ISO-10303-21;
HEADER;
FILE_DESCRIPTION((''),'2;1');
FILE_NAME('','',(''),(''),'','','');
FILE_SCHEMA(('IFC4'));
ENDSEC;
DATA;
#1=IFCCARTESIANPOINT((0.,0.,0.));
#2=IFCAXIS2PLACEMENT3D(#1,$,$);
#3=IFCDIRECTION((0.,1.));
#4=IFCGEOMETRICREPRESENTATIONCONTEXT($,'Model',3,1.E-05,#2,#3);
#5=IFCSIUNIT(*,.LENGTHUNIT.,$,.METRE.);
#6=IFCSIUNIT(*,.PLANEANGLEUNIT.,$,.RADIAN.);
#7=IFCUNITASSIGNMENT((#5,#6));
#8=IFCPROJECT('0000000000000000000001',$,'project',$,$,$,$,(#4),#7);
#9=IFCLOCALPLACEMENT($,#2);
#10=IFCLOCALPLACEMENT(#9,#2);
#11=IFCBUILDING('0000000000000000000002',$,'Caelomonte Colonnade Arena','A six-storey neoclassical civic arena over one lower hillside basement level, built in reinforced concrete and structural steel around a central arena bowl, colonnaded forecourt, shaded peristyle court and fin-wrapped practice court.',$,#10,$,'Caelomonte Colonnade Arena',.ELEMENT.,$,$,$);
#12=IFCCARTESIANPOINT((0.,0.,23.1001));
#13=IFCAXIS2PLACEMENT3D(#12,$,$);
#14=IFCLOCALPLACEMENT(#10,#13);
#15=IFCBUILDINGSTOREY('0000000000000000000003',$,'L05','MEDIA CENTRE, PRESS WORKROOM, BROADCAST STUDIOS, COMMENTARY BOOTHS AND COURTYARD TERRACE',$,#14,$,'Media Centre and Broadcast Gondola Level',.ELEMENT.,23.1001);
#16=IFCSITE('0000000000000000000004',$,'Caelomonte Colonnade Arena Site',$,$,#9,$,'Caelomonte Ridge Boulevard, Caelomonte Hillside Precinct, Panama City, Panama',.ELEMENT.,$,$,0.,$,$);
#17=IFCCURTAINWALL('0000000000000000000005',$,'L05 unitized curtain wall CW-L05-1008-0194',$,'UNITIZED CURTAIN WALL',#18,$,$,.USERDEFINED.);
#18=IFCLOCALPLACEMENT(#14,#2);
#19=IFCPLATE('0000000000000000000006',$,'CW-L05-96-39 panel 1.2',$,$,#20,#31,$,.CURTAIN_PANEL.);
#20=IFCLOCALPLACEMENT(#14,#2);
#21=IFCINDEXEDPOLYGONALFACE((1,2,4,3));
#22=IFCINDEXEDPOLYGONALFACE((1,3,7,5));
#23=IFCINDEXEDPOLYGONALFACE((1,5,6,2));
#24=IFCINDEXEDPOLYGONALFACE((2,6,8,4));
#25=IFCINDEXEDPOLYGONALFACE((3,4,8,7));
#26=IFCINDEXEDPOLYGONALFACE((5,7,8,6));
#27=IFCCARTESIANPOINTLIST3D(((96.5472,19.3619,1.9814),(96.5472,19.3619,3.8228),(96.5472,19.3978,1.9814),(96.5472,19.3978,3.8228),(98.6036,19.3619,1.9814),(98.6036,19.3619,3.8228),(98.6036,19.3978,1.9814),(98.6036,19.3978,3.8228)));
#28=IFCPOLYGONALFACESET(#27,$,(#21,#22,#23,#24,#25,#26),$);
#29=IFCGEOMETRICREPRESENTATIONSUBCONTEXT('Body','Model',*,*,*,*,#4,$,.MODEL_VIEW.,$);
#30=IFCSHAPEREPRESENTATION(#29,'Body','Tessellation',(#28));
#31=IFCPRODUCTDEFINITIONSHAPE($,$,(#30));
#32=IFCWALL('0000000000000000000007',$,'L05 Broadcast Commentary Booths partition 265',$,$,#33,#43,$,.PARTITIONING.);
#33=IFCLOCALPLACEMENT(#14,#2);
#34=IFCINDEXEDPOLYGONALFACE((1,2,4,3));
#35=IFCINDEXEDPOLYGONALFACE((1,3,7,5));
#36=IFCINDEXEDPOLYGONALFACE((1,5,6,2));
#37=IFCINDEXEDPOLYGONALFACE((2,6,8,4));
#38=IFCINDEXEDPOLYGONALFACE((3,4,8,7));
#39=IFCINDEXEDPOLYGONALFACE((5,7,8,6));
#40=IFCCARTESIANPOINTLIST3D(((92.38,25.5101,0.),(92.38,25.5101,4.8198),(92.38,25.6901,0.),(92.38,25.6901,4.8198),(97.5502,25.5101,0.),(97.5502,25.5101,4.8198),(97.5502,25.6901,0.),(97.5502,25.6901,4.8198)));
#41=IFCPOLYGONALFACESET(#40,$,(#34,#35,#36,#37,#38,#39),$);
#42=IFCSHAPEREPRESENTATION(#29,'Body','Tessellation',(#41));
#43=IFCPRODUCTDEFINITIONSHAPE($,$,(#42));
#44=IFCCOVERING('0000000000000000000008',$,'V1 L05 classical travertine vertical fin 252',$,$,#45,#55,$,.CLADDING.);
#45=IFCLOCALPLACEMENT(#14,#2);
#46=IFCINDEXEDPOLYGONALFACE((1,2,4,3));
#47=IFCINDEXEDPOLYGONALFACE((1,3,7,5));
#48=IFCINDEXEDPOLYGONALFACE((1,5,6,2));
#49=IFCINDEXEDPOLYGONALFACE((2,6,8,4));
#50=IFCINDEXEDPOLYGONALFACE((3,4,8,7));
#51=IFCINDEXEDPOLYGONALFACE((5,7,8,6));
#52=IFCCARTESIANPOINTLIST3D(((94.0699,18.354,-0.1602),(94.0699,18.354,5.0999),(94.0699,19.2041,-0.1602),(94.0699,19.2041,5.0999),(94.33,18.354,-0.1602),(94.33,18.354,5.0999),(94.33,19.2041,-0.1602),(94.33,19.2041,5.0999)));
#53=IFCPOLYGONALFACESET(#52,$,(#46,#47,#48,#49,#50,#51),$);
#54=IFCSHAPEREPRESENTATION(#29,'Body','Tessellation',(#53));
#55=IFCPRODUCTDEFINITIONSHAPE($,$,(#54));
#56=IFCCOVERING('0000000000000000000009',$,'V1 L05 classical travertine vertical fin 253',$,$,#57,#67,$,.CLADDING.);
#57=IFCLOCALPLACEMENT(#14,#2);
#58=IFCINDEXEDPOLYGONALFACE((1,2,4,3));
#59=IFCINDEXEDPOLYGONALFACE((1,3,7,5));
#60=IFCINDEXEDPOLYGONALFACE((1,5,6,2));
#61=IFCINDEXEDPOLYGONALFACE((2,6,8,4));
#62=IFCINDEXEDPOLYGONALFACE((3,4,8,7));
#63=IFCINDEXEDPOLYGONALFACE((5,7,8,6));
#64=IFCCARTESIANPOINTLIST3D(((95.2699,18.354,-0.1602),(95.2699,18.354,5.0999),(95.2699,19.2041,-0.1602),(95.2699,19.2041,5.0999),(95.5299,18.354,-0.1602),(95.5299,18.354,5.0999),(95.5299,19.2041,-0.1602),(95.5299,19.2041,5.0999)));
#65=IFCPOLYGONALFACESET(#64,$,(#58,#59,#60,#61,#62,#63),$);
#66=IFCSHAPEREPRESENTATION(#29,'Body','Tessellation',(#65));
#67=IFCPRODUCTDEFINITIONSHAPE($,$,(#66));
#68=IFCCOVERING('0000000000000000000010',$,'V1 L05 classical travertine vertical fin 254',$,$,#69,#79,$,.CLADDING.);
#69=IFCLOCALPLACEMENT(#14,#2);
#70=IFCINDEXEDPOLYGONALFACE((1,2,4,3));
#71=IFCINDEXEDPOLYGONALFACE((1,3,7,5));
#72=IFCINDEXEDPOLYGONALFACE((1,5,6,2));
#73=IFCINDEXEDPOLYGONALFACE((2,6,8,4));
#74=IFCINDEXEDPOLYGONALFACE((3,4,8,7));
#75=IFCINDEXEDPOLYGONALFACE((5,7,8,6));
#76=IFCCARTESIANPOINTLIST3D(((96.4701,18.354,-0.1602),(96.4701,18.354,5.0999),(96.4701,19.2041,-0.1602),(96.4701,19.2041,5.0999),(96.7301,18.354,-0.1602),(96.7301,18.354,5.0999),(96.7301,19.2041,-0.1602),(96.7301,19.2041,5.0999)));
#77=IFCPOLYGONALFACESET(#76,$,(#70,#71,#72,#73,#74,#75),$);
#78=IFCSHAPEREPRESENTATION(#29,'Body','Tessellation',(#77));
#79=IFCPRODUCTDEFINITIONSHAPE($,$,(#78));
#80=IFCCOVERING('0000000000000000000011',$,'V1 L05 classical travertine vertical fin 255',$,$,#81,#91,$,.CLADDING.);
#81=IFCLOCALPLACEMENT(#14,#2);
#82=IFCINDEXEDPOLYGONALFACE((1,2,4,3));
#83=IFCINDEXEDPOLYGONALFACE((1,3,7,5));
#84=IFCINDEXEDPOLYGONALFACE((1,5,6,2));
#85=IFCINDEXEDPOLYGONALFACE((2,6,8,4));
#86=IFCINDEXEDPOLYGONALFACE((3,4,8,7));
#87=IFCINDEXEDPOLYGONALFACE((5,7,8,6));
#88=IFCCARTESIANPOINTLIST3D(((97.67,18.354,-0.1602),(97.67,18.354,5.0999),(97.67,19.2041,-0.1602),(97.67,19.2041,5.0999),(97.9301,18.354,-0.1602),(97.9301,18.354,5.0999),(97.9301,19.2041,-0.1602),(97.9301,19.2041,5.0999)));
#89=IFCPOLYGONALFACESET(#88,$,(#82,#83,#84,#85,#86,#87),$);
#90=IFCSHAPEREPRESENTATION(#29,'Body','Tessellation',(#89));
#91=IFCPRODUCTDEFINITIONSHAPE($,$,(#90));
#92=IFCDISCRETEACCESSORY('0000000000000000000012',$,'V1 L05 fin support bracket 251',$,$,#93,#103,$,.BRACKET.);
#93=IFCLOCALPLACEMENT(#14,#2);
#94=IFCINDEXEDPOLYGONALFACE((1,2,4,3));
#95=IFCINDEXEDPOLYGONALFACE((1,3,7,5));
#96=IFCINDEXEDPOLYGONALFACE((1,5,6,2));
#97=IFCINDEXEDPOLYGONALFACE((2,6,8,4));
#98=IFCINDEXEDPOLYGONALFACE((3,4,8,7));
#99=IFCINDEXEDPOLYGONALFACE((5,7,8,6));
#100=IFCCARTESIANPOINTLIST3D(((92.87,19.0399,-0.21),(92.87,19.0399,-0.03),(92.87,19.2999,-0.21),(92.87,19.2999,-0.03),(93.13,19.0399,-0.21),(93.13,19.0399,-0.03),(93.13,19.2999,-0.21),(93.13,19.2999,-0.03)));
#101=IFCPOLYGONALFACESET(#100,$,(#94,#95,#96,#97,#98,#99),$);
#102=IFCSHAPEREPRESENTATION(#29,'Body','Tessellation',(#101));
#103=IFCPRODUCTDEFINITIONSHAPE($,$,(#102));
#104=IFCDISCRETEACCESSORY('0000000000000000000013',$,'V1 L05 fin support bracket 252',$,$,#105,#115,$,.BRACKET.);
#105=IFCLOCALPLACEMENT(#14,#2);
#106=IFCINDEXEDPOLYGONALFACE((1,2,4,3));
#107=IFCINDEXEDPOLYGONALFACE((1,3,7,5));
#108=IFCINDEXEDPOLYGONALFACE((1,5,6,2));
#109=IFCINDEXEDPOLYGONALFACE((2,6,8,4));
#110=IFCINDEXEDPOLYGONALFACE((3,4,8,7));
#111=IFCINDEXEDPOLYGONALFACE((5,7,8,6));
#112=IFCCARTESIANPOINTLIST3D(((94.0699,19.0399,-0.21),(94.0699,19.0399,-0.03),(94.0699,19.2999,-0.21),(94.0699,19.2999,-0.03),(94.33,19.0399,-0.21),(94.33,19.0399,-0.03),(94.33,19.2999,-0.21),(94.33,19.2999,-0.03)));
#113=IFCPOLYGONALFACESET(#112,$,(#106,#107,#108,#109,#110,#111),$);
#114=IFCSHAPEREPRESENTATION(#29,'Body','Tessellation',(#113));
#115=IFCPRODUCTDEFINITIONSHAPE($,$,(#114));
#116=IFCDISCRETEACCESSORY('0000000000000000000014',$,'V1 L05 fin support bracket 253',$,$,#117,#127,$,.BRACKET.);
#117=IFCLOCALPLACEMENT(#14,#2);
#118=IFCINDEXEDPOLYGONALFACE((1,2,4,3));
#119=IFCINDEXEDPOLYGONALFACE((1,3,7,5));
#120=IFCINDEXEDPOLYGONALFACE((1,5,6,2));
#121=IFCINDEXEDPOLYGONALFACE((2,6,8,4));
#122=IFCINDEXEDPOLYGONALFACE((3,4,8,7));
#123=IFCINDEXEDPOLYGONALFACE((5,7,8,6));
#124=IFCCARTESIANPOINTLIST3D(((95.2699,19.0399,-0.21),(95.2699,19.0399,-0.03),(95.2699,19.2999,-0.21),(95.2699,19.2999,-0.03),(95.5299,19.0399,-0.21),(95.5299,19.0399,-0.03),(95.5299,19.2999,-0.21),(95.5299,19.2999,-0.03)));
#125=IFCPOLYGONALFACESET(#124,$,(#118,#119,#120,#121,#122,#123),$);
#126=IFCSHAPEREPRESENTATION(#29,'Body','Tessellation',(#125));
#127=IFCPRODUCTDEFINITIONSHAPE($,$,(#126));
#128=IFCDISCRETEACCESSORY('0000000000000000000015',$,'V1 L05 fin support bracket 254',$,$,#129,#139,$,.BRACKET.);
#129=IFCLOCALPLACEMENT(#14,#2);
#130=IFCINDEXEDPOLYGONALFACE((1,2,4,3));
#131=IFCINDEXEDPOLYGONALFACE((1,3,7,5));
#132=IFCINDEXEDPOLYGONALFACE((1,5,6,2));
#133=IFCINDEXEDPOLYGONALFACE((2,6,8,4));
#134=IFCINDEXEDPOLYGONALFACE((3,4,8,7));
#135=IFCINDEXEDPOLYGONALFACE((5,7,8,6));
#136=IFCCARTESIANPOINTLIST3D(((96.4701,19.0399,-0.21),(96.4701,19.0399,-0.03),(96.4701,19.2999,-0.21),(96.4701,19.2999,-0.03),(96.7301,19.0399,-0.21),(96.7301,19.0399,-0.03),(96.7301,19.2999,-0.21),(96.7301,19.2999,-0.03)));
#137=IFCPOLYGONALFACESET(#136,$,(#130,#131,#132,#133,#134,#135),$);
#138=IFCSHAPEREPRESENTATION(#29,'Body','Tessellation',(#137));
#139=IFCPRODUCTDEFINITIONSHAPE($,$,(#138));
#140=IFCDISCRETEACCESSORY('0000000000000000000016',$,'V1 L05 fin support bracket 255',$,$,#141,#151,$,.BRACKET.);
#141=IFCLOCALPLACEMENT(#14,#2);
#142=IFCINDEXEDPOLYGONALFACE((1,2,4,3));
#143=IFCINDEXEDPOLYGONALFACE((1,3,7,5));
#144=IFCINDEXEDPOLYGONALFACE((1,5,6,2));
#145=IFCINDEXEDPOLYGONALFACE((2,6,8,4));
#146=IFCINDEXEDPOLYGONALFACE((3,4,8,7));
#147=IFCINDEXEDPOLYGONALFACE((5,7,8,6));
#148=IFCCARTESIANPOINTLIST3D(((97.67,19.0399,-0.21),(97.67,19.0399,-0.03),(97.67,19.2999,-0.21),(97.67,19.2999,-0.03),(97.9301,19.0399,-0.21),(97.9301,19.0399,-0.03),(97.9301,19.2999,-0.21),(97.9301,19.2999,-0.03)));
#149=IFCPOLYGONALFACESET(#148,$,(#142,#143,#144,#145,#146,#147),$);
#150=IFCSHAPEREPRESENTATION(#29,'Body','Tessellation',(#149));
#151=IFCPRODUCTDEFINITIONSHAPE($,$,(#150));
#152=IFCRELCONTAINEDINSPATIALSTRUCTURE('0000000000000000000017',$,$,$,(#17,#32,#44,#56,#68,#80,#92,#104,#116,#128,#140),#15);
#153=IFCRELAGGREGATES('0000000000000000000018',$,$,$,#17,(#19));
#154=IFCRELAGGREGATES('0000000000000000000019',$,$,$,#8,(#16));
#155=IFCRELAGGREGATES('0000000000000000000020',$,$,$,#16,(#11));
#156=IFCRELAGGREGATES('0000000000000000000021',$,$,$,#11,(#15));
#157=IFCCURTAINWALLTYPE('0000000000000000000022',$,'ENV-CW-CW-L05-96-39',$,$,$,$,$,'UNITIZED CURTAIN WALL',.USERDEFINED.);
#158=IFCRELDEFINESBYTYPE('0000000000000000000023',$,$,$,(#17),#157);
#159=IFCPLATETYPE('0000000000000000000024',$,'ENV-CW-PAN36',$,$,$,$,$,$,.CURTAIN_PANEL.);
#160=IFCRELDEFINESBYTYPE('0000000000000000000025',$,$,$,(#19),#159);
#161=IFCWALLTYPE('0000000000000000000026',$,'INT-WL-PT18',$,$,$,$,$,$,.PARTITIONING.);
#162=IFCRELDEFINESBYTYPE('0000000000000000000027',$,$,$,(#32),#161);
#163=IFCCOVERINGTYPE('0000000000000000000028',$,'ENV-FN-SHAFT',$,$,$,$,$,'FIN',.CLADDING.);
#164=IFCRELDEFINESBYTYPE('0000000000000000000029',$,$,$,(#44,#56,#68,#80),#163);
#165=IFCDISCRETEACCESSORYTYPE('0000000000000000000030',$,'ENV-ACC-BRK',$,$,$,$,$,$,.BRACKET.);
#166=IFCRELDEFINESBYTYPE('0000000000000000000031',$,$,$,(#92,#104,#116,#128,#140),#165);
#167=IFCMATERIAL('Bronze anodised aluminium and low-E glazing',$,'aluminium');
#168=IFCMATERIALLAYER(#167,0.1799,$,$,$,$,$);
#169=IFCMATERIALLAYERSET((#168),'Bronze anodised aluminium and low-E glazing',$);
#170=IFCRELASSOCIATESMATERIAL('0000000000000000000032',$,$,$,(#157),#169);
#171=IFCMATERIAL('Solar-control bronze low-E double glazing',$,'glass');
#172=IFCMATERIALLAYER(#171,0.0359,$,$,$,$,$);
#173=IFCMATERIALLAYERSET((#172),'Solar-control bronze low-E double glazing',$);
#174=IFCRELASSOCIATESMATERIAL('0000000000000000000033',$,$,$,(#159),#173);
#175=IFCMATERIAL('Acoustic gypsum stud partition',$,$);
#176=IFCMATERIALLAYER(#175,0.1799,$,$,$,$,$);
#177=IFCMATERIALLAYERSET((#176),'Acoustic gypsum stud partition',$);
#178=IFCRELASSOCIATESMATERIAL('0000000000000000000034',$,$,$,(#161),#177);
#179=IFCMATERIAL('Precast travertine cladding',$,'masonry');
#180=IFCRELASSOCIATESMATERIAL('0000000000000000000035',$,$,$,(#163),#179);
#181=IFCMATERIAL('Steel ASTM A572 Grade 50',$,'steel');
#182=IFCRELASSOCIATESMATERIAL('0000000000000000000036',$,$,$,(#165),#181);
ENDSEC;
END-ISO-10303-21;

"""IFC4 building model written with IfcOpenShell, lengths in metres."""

from ifc_helpers import new_model, si_unit, direction, frame, frame_2d, origin, origin_2d, place, context, subcontext, project, spatial, rectangle, extrude, material, layer, layer_set, material_profile, profile_set, type_object, element, aggregate, save


model = new_model("IFC4")

# Units and contexts
model_context = context("Model", 3, precision=1e-05, world=origin(), true_north=direction((0.0, 1.0)))
body_context = subcontext(model_context, "Body", "Model", "MODEL_VIEW")
ifc_project = project(units=[si_unit("LENGTHUNIT", "METRE"), si_unit("PLANEANGLEUNIT", "RADIAN")], contexts=[model_context])

# Site, building, storey
site_placement = place(None, origin())
site = spatial("IfcSite", under=ifc_project, at=site_placement, Name="Caelomonte Colonnade Arena Site", LongName="Caelomonte Ridge Boulevard, Caelomonte Hillside Precinct, Panama City, Panama", CompositionType="ELEMENT", RefElevation=0.0)
building_placement = place(site_placement, origin())
building = spatial("IfcBuilding", under=site, at=building_placement, Name="Caelomonte Colonnade Arena", Description="A six-storey neoclassical civic arena over one lower hillside basement level, built in reinforced concrete and structural steel around a central arena bowl, colonnaded forecourt, shaded peristyle court and fin-wrapped practice court.", LongName="Caelomonte Colonnade Arena", CompositionType="ELEMENT")
storey_placement = place(building_placement, frame((0.0, 0.0, 23.1001)))
storey = spatial("IfcBuildingStorey", under=building, at=storey_placement, Name="L05", Description="MEDIA CENTRE, PRESS WORKROOM, BROADCAST STUDIOS, COMMENTARY BOOTHS AND COURTYARD TERRACE", LongName="Media Centre and Broadcast Gondola Level", CompositionType="ELEMENT", Elevation=23.1001)

# Shared definitions
ifc_material_1 = material(Name="Bronze anodised aluminium and low-E glazing", Category="aluminium")
ifc_layer_1 = layer(ifc_material_1, 0.1799)
ifc_layer_set_1 = layer_set([ifc_layer_1], Name="Bronze anodised aluminium and low-E glazing")
curtain_wall_type = type_object("IfcCurtainWallType", Name="ENV-CW-CW-L05-96-39", ElementType="UNITIZED CURTAIN WALL", PredefinedType="USERDEFINED", material=ifc_layer_set_1)

# Curtain wall
curtain_wall_1_placement = place(storey_placement, origin())
curtain_wall_1 = element("IfcCurtainWall", 1, at=curtain_wall_1_placement, inside=storey, type_object=curtain_wall_type, Name="L05 unitized curtain wall CW-L05-1008-0194", ObjectType="UNITIZED CURTAIN WALL", PredefinedType="USERDEFINED")

# Plate
ifc_material_2 = material(Name="Solar-control bronze low-E double glazing", Category="glass")
ifc_layer_2 = layer(ifc_material_2, 0.0359)
ifc_layer_set_2 = layer_set([ifc_layer_2], Name="Solar-control bronze low-E double glazing")
plate_type = type_object("IfcPlateType", Name="ENV-CW-PAN36", PredefinedType="CURTAIN_PANEL", material=ifc_layer_set_2)
plate_1_placement = place(storey_placement, frame((97.5754, 19.3799, 1.9814), z_axis=(0.0, 0.0, 1.0), x_axis=(1.0, 0.0, 0.0)))
plate_1 = element("IfcPlate", 2, at=plate_1_placement, type_object=plate_type, Name="CW-L05-96-39 panel 1.2", PredefinedType="CURTAIN_PANEL", context=body_context, shape_type="SweptSolid", body=[
    extrude(rectangle(XDim=2.0564, YDim=0.0359, at=origin_2d()), origin(), (0.0, 0.0, 1.0), 1.8413),
])
aggregate(curtain_wall_1, [plate_1])

# Wall
ifc_material_3 = material(Name="Acoustic gypsum stud partition")
ifc_layer_3 = layer(ifc_material_3, 0.1799)
ifc_layer_set_3 = layer_set([ifc_layer_3], Name="Acoustic gypsum stud partition")
wall_type = type_object("IfcWallType", Name="INT-WL-PT18", PredefinedType="PARTITIONING", material=ifc_layer_set_3)
wall_placement = place(storey_placement, frame((97.55, 25.6001, 0.0), z_axis=(0.0, 0.0, 1.0), x_axis=(-1.0, 0.0, 0.0)))
element("IfcWall", 3, at=wall_placement, inside=storey, type_object=wall_type, Name="L05 Broadcast Commentary Booths partition 265", PredefinedType="PARTITIONING", context=body_context, shape_type="SweptSolid", body=[
    extrude(rectangle(XDim=5.1702, YDim=0.1799, at=frame_2d((2.585, 0.0))), origin(), (0.0, 0.0, 1.0), 4.8198),
])

# Coverings
ifc_material_4 = material(Name="Precast travertine cladding", Category="masonry")
ifc_material_profile_1 = material_profile(ifc_material_4, rectangle(XDim=0.26, YDim=0.8501, at=origin_2d()), Name="FIN260X850")
ifc_profile_set_1 = profile_set([ifc_material_profile_1], Name="Precast travertine cladding")
covering_type = type_object("IfcCoveringType", Name="ENV-FN-SHAFT", ElementType="FIN", PredefinedType="CLADDING", material=ifc_profile_set_1)
for number, where, z_axis, x_axis, name in (
    (4, (94.2, 18.7791, -0.1602), (0.0, 0.0, 1.0), (-1.0, 0.0, 0.0), "V1 L05 classical travertine vertical fin 252"),
    (5, (95.3999, 18.7791, -0.1602), (0.0, 0.0, 1.0), (-1.0, 0.0, 0.0), "V1 L05 classical travertine vertical fin 253"),
    (6, (96.6001, 18.7791, -0.1602), (0.0, 0.0, 1.0), (-1.0, 0.0, 0.0), "V1 L05 classical travertine vertical fin 254"),
    (7, (97.8, 18.7791, -0.1602), (0.0, 0.0, 1.0), (-1.0, 0.0, 0.0), "V1 L05 classical travertine vertical fin 255"),
):
    element("IfcCovering", number, at=place(storey_placement, frame(where, z_axis=z_axis, x_axis=x_axis)), inside=storey, type_object=covering_type, Name=name, PredefinedType="CLADDING", context=body_context, shape_type="SweptSolid", body=[
        extrude(rectangle(XDim=0.26, YDim=0.8501, at=origin_2d()), origin(), (0.0, 0.0, 1.0), 5.26),
    ])

# Discrete accessories
ifc_material_5 = material(Name="Steel ASTM A572 Grade 50", Category="steel")
discrete_accessory_type = type_object("IfcDiscreteAccessoryType", Name="ENV-ACC-BRK", PredefinedType="BRACKET", material=ifc_material_5)
for number, where, z_axis, x_axis, name in (
    (8, (93.0, 19.1699, -0.21), (0.0, 0.0, 1.0), (1.0, 0.0, 0.0), "V1 L05 fin support bracket 251"),
    (9, (94.2, 19.1699, -0.21), (0.0, 0.0, 1.0), (1.0, 0.0, 0.0), "V1 L05 fin support bracket 252"),
    (10, (95.3999, 19.1699, -0.21), (0.0, 0.0, 1.0), (1.0, 0.0, 0.0), "V1 L05 fin support bracket 253"),
    (11, (96.6001, 19.1699, -0.21), (0.0, 0.0, 1.0), (1.0, 0.0, 0.0), "V1 L05 fin support bracket 254"),
    (12, (97.8, 19.1699, -0.21), (0.0, 0.0, 1.0), (1.0, 0.0, 0.0), "V1 L05 fin support bracket 255"),
):
    element("IfcDiscreteAccessory", number, at=place(storey_placement, frame(where, z_axis=z_axis, x_axis=x_axis)), inside=storey, type_object=discrete_accessory_type, Name=name, PredefinedType="BRACKET", context=body_context, shape_type="SweptSolid", body=[
        extrude(rectangle(XDim=0.26, YDim=0.26, at=origin_2d()), origin(), (0.0, 0.0, 1.0), 0.1799),
    ])

save(model, "model.ifc")
